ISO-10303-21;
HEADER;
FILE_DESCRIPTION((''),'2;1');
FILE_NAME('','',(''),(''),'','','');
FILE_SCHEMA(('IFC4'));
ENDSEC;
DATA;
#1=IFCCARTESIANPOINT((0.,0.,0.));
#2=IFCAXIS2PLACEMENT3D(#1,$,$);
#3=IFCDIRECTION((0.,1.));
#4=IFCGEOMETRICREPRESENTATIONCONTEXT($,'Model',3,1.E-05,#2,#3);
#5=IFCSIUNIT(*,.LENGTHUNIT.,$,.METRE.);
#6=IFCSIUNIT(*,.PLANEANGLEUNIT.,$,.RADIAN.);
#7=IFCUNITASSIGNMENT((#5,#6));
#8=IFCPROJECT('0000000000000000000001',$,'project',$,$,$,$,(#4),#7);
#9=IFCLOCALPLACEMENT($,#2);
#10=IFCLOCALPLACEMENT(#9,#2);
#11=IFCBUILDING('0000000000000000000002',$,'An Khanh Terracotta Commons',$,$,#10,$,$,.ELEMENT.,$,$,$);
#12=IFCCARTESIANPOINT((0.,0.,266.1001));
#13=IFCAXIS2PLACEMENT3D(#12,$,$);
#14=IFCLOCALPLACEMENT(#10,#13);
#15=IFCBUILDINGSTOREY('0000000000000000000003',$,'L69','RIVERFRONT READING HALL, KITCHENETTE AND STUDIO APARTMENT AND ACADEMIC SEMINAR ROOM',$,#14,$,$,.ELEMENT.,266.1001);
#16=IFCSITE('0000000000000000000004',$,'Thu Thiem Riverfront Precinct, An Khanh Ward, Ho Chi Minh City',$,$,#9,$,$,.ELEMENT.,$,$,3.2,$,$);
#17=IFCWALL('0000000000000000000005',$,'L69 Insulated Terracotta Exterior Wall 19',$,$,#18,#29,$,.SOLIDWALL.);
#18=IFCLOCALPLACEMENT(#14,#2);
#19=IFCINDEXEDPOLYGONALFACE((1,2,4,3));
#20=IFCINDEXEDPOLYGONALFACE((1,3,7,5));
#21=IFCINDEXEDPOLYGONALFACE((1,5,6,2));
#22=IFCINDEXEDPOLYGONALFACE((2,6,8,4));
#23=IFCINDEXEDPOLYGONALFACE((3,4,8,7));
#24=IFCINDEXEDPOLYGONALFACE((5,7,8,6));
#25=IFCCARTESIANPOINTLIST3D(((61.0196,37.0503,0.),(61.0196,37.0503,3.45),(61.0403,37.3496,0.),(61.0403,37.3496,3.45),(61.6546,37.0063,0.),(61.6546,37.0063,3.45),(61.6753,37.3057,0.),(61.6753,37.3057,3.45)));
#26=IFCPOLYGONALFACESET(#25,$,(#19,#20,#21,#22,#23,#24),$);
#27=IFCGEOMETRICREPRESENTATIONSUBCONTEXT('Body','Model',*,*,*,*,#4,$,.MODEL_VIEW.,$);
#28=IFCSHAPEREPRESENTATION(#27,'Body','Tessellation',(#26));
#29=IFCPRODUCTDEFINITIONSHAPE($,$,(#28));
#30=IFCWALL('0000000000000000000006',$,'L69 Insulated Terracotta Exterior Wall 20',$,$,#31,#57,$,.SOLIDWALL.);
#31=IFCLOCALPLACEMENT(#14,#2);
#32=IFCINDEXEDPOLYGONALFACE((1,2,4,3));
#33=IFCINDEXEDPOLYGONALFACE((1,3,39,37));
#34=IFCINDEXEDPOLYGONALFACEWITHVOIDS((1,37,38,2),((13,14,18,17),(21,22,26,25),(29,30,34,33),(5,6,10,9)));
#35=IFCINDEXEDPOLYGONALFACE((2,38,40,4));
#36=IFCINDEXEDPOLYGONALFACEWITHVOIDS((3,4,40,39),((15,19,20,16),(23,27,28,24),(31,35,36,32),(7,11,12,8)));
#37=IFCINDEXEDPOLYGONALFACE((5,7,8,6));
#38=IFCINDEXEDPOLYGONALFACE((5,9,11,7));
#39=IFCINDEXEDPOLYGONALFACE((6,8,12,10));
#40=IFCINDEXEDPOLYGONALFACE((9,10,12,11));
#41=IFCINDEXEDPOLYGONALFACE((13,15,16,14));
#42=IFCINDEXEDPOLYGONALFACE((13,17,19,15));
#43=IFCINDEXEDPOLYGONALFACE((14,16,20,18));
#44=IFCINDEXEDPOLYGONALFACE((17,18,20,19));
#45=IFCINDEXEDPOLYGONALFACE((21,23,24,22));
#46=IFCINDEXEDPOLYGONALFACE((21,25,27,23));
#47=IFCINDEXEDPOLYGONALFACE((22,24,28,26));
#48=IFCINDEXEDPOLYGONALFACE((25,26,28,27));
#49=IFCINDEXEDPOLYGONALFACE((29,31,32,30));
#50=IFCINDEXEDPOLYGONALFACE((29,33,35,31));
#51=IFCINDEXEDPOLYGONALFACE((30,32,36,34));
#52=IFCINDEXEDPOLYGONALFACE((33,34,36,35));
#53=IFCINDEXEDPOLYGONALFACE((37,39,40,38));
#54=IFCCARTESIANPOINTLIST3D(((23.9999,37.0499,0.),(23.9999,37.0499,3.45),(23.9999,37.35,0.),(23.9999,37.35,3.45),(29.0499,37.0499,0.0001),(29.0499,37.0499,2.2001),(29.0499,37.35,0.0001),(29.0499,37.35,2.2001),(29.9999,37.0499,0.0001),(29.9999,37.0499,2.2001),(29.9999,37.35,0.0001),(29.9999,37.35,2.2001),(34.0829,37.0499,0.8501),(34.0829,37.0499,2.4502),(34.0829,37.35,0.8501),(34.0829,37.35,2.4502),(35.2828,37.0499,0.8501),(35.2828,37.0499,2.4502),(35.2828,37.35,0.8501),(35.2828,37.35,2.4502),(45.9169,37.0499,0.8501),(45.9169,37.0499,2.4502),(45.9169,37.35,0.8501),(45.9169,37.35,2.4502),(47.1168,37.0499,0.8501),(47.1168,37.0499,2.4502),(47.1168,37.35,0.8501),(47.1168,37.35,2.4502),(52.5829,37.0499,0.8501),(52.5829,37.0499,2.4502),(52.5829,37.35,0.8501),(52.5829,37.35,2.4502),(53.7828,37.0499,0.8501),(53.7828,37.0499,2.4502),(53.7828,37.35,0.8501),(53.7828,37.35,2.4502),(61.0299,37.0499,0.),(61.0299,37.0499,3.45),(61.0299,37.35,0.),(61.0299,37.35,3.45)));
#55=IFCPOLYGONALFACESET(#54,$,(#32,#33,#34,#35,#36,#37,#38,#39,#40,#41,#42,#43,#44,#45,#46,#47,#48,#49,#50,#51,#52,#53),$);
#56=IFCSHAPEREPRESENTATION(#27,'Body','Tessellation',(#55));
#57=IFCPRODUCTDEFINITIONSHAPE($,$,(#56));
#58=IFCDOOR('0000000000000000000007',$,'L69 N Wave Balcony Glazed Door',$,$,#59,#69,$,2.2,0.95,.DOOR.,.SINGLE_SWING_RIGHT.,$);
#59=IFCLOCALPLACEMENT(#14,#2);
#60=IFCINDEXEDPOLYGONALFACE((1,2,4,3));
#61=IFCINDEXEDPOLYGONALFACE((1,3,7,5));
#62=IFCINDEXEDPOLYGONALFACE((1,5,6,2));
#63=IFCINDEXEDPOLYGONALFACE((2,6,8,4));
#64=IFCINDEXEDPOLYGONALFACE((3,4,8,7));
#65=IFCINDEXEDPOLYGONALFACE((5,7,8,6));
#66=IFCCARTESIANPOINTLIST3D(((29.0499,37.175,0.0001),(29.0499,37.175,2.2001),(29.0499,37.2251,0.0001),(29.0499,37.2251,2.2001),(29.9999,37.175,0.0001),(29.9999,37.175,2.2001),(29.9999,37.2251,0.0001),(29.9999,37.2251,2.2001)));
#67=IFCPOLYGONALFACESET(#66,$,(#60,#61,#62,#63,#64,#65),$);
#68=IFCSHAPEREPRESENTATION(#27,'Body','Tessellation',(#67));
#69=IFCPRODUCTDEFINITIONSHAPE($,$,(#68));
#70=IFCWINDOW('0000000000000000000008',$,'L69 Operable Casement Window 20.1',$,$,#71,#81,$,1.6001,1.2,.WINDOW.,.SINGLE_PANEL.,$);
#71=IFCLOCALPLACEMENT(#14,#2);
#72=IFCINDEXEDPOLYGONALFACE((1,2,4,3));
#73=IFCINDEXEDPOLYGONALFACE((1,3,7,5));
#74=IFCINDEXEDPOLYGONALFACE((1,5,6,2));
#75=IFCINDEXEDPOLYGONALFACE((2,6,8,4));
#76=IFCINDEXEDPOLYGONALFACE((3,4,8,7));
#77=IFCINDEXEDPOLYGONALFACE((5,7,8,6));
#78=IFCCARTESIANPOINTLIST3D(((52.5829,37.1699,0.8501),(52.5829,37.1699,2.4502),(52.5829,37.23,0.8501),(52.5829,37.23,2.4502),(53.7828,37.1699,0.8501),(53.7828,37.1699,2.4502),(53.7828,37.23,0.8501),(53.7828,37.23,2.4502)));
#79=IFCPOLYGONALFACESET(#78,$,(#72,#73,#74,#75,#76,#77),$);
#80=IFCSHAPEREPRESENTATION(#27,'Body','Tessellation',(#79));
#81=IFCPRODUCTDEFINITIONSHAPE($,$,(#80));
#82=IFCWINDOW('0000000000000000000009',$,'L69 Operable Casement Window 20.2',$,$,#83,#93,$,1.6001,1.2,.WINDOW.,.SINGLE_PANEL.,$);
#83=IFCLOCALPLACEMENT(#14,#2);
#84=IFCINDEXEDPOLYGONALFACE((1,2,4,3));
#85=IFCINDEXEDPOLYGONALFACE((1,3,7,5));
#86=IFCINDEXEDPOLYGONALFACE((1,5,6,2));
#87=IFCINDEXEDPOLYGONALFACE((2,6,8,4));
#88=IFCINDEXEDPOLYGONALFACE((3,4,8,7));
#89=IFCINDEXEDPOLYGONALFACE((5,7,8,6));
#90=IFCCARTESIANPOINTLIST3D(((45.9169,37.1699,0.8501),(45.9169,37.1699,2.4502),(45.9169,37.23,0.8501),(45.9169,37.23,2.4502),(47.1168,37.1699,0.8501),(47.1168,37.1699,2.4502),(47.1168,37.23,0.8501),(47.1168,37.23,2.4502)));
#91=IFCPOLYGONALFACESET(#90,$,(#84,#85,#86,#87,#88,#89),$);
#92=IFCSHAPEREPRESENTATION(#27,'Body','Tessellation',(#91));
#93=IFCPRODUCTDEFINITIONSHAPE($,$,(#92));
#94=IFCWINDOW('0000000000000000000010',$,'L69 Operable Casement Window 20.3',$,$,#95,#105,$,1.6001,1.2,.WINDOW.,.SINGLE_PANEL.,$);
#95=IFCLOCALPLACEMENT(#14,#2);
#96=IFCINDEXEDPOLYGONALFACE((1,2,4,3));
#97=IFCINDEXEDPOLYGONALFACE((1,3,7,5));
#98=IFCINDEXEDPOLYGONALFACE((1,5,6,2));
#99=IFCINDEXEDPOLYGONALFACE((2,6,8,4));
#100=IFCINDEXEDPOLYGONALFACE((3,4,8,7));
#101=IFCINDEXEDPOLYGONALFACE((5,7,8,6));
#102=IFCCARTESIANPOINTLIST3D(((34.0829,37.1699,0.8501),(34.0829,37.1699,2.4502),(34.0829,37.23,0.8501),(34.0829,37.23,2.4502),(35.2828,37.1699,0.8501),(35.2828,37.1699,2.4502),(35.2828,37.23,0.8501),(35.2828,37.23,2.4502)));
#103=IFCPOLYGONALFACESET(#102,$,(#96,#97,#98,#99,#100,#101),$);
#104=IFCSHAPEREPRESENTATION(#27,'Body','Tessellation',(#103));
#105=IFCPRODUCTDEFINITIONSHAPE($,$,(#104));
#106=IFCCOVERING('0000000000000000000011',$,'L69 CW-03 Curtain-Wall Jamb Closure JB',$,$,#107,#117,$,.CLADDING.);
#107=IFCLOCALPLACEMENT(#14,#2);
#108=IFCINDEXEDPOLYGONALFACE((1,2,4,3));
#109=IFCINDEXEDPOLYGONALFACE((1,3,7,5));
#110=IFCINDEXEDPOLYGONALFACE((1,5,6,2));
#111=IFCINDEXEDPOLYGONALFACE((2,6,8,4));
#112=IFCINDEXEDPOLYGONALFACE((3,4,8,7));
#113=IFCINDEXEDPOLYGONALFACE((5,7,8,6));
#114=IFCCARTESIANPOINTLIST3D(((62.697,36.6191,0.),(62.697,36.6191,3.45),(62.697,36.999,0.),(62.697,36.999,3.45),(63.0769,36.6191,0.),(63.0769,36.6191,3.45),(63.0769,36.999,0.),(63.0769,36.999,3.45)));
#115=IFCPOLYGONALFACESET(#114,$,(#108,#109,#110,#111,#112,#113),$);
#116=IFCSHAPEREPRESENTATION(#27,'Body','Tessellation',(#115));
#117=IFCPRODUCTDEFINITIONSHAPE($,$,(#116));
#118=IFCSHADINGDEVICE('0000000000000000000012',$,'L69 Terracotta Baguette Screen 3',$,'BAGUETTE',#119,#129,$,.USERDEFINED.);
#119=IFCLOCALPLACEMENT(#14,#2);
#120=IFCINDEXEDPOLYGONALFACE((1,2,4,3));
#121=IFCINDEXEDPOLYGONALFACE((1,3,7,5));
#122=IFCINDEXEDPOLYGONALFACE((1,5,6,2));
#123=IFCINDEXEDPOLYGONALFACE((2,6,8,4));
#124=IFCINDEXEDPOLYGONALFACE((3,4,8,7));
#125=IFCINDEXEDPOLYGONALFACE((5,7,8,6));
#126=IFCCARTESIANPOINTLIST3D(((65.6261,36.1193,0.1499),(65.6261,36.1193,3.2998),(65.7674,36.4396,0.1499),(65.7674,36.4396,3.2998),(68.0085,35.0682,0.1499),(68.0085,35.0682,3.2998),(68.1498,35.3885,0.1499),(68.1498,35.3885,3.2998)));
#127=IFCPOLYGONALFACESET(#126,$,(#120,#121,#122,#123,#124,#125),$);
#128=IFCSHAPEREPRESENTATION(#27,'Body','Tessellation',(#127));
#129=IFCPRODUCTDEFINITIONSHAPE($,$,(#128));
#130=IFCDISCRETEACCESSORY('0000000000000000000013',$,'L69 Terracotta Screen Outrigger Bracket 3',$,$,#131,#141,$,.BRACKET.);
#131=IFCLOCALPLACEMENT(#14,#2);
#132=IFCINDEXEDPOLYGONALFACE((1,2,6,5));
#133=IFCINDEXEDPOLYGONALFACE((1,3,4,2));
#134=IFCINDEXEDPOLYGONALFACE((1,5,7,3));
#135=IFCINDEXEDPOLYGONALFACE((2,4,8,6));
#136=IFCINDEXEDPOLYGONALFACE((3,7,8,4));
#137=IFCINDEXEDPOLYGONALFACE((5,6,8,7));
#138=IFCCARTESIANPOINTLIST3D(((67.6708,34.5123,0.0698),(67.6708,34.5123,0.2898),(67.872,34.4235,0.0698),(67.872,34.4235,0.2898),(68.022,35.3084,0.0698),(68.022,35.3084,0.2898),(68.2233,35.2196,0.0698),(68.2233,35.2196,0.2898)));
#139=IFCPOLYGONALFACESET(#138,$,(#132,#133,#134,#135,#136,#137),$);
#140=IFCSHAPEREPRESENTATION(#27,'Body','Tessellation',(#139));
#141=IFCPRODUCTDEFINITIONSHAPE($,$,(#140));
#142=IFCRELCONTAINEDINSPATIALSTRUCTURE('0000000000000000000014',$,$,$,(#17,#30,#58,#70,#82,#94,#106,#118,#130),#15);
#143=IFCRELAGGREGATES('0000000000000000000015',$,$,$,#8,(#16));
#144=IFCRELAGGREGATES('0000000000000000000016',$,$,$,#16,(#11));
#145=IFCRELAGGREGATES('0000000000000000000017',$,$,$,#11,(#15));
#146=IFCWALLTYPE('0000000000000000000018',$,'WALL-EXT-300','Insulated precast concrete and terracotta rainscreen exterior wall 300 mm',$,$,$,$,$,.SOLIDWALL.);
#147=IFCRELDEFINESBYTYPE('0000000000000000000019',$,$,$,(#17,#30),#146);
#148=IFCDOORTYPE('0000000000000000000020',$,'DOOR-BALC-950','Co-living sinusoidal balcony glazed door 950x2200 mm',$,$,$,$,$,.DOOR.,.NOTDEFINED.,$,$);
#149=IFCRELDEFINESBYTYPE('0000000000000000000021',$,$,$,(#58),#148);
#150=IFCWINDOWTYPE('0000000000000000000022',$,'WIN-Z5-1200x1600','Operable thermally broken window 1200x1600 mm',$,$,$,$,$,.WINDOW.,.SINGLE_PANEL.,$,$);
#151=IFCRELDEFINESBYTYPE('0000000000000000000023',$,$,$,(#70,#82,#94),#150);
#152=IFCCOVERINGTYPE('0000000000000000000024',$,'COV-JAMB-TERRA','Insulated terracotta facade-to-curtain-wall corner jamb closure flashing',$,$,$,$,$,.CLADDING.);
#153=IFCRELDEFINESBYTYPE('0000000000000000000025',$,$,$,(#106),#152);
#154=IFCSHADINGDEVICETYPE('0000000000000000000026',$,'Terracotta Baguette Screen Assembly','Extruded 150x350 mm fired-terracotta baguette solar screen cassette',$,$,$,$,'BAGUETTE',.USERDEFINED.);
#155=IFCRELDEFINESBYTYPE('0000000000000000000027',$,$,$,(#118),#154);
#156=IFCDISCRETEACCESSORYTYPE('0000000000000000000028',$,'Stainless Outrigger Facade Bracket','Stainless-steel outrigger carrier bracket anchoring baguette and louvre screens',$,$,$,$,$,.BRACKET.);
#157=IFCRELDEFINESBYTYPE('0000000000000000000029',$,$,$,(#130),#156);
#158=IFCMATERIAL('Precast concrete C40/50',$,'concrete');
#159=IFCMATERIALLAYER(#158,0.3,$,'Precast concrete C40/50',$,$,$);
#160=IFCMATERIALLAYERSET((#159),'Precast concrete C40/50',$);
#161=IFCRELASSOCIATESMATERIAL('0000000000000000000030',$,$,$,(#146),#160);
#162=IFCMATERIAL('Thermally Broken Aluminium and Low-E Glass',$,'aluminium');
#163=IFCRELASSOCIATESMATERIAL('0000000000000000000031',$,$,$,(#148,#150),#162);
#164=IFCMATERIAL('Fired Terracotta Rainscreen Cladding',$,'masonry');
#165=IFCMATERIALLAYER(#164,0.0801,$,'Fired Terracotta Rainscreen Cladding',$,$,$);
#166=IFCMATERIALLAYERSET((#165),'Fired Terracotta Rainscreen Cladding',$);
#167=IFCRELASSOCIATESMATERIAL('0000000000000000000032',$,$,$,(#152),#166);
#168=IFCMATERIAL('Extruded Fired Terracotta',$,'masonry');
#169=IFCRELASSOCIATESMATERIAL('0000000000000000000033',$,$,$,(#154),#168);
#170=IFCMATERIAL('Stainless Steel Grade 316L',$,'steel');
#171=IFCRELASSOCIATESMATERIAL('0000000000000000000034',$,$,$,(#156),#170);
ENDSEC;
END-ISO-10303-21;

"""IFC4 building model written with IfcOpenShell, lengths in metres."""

from ifc_helpers import new_model, si_unit, direction, frame, frame_2d, origin, origin_2d, place, context, subcontext, project, spatial, rectangle, extrude, material, layer, layer_set, type_object, element, fill, save


model = new_model("IFC4")

# Units and contexts
model_context = context("Model", 3, precision=1e-05, world=origin(), true_north=direction((0.0, 1.0)))
body_context = subcontext(model_context, "Body", "Model", "MODEL_VIEW")
ifc_project = project(units=[si_unit("LENGTHUNIT", "METRE"), si_unit("PLANEANGLEUNIT", "RADIAN")], contexts=[model_context])

# Site, building, storey
site_placement = place(None, origin())
site = spatial("IfcSite", under=ifc_project, at=site_placement, Name="Thu Thiem Riverfront Precinct, An Khanh Ward, Ho Chi Minh City", CompositionType="ELEMENT", RefElevation=3.2)
building_placement = place(site_placement, origin())
building = spatial("IfcBuilding", under=site, at=building_placement, Name="An Khanh Terracotta Commons", CompositionType="ELEMENT")
storey_placement = place(building_placement, frame((0.0, 0.0, 266.1001)))
storey = spatial("IfcBuildingStorey", under=building, at=storey_placement, Name="L69", Description="RIVERFRONT READING HALL, KITCHENETTE AND STUDIO APARTMENT AND ACADEMIC SEMINAR ROOM", CompositionType="ELEMENT", Elevation=266.1001)

# Wall
ifc_material_1 = material(Name="Precast concrete C40/50", Category="concrete")
ifc_layer_1 = layer(ifc_material_1, 0.3, Name="Precast concrete C40/50")
ifc_layer_set_1 = layer_set([ifc_layer_1], Name="Precast concrete C40/50")
wall_type = type_object("IfcWallType", Name="WALL-EXT-300", Description="Insulated precast concrete and terracotta rainscreen exterior wall 300 mm", PredefinedType="SOLIDWALL", material=ifc_layer_set_1)
wall_1_placement = place(storey_placement, frame((61.665, 37.156, 0.0), z_axis=(0.0, 0.0, 1.0), x_axis=(-0.997614, 0.069039, 0.0)))
element("IfcWall", 1, at=wall_1_placement, inside=storey, type_object=wall_type, Name="L69 Insulated Terracotta Exterior Wall 19", PredefinedType="SOLIDWALL", context=body_context, shape_type="SweptSolid", body=[
    extrude(rectangle(XDim=0.6365, YDim=0.3, at=frame_2d((0.3184, 0.0))), origin(), (0.0, 0.0, 1.0), 3.45),
])

# Wall, openings, door, windows
wall_2_placement = place(storey_placement, frame((61.03, 37.2, 0.0), z_axis=(0.0, 0.0, 1.0), x_axis=(-1.0, 0.0, 0.0)))
wall_2 = element("IfcWall", 2, at=wall_2_placement, inside=storey, type_object=wall_type, Name="L69 Insulated Terracotta Exterior Wall 20", PredefinedType="SOLIDWALL", context=body_context, shape_type="SweptSolid", body=[
    extrude(rectangle(XDim=37.03, YDim=0.3, at=frame_2d((18.5151, 0.0))), origin(), (0.0, 0.0, 1.0), 3.45),
])
opening_1_placement = place(wall_2_placement, frame((31.03, 0.0, 0.0)))
opening_1 = element("IfcOpeningElement", 3, at=opening_1_placement, cuts=wall_2, PredefinedType="OPENING", context=body_context, shape_type="SweptSolid", body=[
    extrude(rectangle(XDim=0.95, YDim=2.2, at=frame_2d((0.4751, 1.1001))), frame((0.0, 0.1599, 0.0), z_axis=(0.0, -1.0, 0.0), x_axis=(1.0, 0.0, 0.0)), (0.0, 0.0, 1.0), 0.3201),
])
opening_2_placement = place(wall_2_placement, frame((7.2471, 0.0, 0.8501)))
opening_2 = element("IfcOpeningElement", 4, at=opening_2_placement, cuts=wall_2, PredefinedType="OPENING", context=body_context, shape_type="SweptSolid", body=[
    extrude(rectangle(XDim=1.2, YDim=1.6001, at=frame_2d((0.6001, 0.8))), frame((0.0, 0.1599, 0.0), z_axis=(0.0, -1.0, 0.0), x_axis=(1.0, 0.0, 0.0)), (0.0, 0.0, 1.0), 0.3201),
])
opening_3_placement = place(wall_2_placement, frame((13.9131, 0.0, 0.8501)))
opening_3 = element("IfcOpeningElement", 5, at=opening_3_placement, cuts=wall_2, PredefinedType="OPENING", context=body_context, shape_type="SweptSolid", body=[
    extrude(rectangle(XDim=1.2, YDim=1.6001, at=frame_2d((0.6001, 0.8))), frame((0.0, 0.1599, 0.0), z_axis=(0.0, -1.0, 0.0), x_axis=(1.0, 0.0, 0.0)), (0.0, 0.0, 1.0), 0.3201),
])
opening_4_placement = place(wall_2_placement, frame((25.7471, 0.0, 0.8501)))
opening_4 = element("IfcOpeningElement", 6, at=opening_4_placement, cuts=wall_2, PredefinedType="OPENING", context=body_context, shape_type="SweptSolid", body=[
    extrude(rectangle(XDim=1.2, YDim=1.6001, at=frame_2d((0.6001, 0.8))), frame((0.0, 0.1599, 0.0), z_axis=(0.0, -1.0, 0.0), x_axis=(1.0, 0.0, 0.0)), (0.0, 0.0, 1.0), 0.3201),
])
ifc_material_2 = material(Name="Thermally Broken Aluminium and Low-E Glass", Category="aluminium")
door_type = type_object("IfcDoorType", Name="DOOR-BALC-950", Description="Co-living sinusoidal balcony glazed door 950x2200 mm", OperationType="NOTDEFINED", PredefinedType="DOOR", material=ifc_material_2)
door_placement = place(opening_1_placement, origin())
door = element("IfcDoor", 7, at=door_placement, inside=storey, type_object=door_type, Name="L69 N Wave Balcony Glazed Door", OperationType="SINGLE_SWING_RIGHT", OverallHeight=2.2, OverallWidth=0.95, PredefinedType="DOOR", context=body_context, shape_type="SweptSolid", body=[
    extrude(rectangle(XDim=0.95, YDim=2.2, at=frame_2d((0.4751, 1.1001))), frame((0.0, 0.0249, 0.0), z_axis=(0.0, -1.0, 0.0), x_axis=(1.0, 0.0, 0.0)), (0.0, 0.0, 1.0), 0.05),
])
fill(opening_1, door)
window_type = type_object("IfcWindowType", Name="WIN-Z5-1200x1600", Description="Operable thermally broken window 1200x1600 mm", PartitioningType="SINGLE_PANEL", PredefinedType="WINDOW", material=ifc_material_2)
window_1_placement = place(opening_2_placement, origin())
window_1 = element("IfcWindow", 8, at=window_1_placement, inside=storey, type_object=window_type, Name="L69 Operable Casement Window 20.1", OverallHeight=1.6001, OverallWidth=1.2, PartitioningType="SINGLE_PANEL", PredefinedType="WINDOW", context=body_context, shape_type="SweptSolid", body=[
    extrude(rectangle(XDim=1.2, YDim=1.6001, at=frame_2d((0.6001, 0.8))), frame((0.0, 0.03, 0.0), z_axis=(0.0, -1.0, 0.0), x_axis=(1.0, 0.0, 0.0)), (0.0, 0.0, 1.0), 0.0601),
])
fill(opening_2, window_1)
window_2_placement = place(opening_3_placement, origin())
window_2 = element("IfcWindow", 9, at=window_2_placement, inside=storey, type_object=window_type, Name="L69 Operable Casement Window 20.2", OverallHeight=1.6001, OverallWidth=1.2, PartitioningType="SINGLE_PANEL", PredefinedType="WINDOW", context=body_context, shape_type="SweptSolid", body=[
    extrude(rectangle(XDim=1.2, YDim=1.6001, at=frame_2d((0.6001, 0.8))), frame((0.0, 0.03, 0.0), z_axis=(0.0, -1.0, 0.0), x_axis=(1.0, 0.0, 0.0)), (0.0, 0.0, 1.0), 0.0601),
])
fill(opening_3, window_2)
window_3_placement = place(opening_4_placement, origin())
window_3 = element("IfcWindow", 10, at=window_3_placement, inside=storey, type_object=window_type, Name="L69 Operable Casement Window 20.3", OverallHeight=1.6001, OverallWidth=1.2, PartitioningType="SINGLE_PANEL", PredefinedType="WINDOW", context=body_context, shape_type="SweptSolid", body=[
    extrude(rectangle(XDim=1.2, YDim=1.6001, at=frame_2d((0.6001, 0.8))), frame((0.0, 0.03, 0.0), z_axis=(0.0, -1.0, 0.0), x_axis=(1.0, 0.0, 0.0)), (0.0, 0.0, 1.0), 0.0601),
])
fill(opening_4, window_3)

# Covering
ifc_material_3 = material(Name="Fired Terracotta Rainscreen Cladding", Category="masonry")
ifc_layer_2 = layer(ifc_material_3, 0.0801, Name="Fired Terracotta Rainscreen Cladding")
ifc_layer_set_2 = layer_set([ifc_layer_2], Name="Fired Terracotta Rainscreen Cladding")
covering_type = type_object("IfcCoveringType", Name="COV-JAMB-TERRA", Description="Insulated terracotta facade-to-curtain-wall corner jamb closure flashing", PredefinedType="CLADDING", material=ifc_layer_set_2)
covering_placement = place(storey_placement, frame((62.887, 36.8091, 0.0), z_axis=(0.0, 0.0, 1.0), x_axis=(1.0, 0.0, 0.0)))
element("IfcCovering", 11, at=covering_placement, inside=storey, type_object=covering_type, Name="L69 CW-03 Curtain-Wall Jamb Closure JB", PredefinedType="CLADDING", context=body_context, shape_type="SweptSolid", body=[
    extrude(rectangle(XDim=0.3799, YDim=0.3799, at=origin_2d()), origin(), (0.0, 0.0, 1.0), 3.45),
])

# Shading device
ifc_material_4 = material(Name="Extruded Fired Terracotta", Category="masonry")
shading_device_type = type_object("IfcShadingDeviceType", Name="Terracotta Baguette Screen Assembly", Description="Extruded 150x350 mm fired-terracotta baguette solar screen cassette", ElementType="BAGUETTE", PredefinedType="USERDEFINED", material=ifc_material_4)
shading_device_placement = place(storey_placement, frame((66.8879, 35.7539, 0.1499), z_axis=(0.0, 0.0, 1.0), x_axis=(-0.914902, 0.403676, 0.0)))
element("IfcShadingDevice", 12, at=shading_device_placement, inside=storey, type_object=shading_device_type, Name="L69 Terracotta Baguette Screen 3", ObjectType="BAGUETTE", PredefinedType="USERDEFINED", context=body_context, shape_type="SweptSolid", body=[
    extrude(rectangle(XDim=2.604, YDim=0.3501, at=origin_2d()), origin(), (0.0, 0.0, 1.0), 3.1499),
])

# Discrete accessory
ifc_material_5 = material(Name="Stainless Steel Grade 316L", Category="steel")
discrete_accessory_type = type_object("IfcDiscreteAccessoryType", Name="Stainless Outrigger Facade Bracket", Description="Stainless-steel outrigger carrier bracket anchoring baguette and louvre screens", PredefinedType="BRACKET", material=ifc_material_5)
discrete_accessory_placement = place(storey_placement, frame((67.947, 34.866, 0.0698), z_axis=(0.0, 0.0, 1.0), x_axis=(-0.914902, 0.403676, 0.0)))
element("IfcDiscreteAccessory", 13, at=discrete_accessory_placement, inside=storey, type_object=discrete_accessory_type, Name="L69 Terracotta Screen Outrigger Bracket 3", PredefinedType="BRACKET", context=body_context, shape_type="SweptSolid", body=[
    extrude(rectangle(XDim=0.22, YDim=0.8701, at=origin_2d()), origin(), (0.0, 0.0, 1.0), 0.22),
])

save(model, "model.ifc")
